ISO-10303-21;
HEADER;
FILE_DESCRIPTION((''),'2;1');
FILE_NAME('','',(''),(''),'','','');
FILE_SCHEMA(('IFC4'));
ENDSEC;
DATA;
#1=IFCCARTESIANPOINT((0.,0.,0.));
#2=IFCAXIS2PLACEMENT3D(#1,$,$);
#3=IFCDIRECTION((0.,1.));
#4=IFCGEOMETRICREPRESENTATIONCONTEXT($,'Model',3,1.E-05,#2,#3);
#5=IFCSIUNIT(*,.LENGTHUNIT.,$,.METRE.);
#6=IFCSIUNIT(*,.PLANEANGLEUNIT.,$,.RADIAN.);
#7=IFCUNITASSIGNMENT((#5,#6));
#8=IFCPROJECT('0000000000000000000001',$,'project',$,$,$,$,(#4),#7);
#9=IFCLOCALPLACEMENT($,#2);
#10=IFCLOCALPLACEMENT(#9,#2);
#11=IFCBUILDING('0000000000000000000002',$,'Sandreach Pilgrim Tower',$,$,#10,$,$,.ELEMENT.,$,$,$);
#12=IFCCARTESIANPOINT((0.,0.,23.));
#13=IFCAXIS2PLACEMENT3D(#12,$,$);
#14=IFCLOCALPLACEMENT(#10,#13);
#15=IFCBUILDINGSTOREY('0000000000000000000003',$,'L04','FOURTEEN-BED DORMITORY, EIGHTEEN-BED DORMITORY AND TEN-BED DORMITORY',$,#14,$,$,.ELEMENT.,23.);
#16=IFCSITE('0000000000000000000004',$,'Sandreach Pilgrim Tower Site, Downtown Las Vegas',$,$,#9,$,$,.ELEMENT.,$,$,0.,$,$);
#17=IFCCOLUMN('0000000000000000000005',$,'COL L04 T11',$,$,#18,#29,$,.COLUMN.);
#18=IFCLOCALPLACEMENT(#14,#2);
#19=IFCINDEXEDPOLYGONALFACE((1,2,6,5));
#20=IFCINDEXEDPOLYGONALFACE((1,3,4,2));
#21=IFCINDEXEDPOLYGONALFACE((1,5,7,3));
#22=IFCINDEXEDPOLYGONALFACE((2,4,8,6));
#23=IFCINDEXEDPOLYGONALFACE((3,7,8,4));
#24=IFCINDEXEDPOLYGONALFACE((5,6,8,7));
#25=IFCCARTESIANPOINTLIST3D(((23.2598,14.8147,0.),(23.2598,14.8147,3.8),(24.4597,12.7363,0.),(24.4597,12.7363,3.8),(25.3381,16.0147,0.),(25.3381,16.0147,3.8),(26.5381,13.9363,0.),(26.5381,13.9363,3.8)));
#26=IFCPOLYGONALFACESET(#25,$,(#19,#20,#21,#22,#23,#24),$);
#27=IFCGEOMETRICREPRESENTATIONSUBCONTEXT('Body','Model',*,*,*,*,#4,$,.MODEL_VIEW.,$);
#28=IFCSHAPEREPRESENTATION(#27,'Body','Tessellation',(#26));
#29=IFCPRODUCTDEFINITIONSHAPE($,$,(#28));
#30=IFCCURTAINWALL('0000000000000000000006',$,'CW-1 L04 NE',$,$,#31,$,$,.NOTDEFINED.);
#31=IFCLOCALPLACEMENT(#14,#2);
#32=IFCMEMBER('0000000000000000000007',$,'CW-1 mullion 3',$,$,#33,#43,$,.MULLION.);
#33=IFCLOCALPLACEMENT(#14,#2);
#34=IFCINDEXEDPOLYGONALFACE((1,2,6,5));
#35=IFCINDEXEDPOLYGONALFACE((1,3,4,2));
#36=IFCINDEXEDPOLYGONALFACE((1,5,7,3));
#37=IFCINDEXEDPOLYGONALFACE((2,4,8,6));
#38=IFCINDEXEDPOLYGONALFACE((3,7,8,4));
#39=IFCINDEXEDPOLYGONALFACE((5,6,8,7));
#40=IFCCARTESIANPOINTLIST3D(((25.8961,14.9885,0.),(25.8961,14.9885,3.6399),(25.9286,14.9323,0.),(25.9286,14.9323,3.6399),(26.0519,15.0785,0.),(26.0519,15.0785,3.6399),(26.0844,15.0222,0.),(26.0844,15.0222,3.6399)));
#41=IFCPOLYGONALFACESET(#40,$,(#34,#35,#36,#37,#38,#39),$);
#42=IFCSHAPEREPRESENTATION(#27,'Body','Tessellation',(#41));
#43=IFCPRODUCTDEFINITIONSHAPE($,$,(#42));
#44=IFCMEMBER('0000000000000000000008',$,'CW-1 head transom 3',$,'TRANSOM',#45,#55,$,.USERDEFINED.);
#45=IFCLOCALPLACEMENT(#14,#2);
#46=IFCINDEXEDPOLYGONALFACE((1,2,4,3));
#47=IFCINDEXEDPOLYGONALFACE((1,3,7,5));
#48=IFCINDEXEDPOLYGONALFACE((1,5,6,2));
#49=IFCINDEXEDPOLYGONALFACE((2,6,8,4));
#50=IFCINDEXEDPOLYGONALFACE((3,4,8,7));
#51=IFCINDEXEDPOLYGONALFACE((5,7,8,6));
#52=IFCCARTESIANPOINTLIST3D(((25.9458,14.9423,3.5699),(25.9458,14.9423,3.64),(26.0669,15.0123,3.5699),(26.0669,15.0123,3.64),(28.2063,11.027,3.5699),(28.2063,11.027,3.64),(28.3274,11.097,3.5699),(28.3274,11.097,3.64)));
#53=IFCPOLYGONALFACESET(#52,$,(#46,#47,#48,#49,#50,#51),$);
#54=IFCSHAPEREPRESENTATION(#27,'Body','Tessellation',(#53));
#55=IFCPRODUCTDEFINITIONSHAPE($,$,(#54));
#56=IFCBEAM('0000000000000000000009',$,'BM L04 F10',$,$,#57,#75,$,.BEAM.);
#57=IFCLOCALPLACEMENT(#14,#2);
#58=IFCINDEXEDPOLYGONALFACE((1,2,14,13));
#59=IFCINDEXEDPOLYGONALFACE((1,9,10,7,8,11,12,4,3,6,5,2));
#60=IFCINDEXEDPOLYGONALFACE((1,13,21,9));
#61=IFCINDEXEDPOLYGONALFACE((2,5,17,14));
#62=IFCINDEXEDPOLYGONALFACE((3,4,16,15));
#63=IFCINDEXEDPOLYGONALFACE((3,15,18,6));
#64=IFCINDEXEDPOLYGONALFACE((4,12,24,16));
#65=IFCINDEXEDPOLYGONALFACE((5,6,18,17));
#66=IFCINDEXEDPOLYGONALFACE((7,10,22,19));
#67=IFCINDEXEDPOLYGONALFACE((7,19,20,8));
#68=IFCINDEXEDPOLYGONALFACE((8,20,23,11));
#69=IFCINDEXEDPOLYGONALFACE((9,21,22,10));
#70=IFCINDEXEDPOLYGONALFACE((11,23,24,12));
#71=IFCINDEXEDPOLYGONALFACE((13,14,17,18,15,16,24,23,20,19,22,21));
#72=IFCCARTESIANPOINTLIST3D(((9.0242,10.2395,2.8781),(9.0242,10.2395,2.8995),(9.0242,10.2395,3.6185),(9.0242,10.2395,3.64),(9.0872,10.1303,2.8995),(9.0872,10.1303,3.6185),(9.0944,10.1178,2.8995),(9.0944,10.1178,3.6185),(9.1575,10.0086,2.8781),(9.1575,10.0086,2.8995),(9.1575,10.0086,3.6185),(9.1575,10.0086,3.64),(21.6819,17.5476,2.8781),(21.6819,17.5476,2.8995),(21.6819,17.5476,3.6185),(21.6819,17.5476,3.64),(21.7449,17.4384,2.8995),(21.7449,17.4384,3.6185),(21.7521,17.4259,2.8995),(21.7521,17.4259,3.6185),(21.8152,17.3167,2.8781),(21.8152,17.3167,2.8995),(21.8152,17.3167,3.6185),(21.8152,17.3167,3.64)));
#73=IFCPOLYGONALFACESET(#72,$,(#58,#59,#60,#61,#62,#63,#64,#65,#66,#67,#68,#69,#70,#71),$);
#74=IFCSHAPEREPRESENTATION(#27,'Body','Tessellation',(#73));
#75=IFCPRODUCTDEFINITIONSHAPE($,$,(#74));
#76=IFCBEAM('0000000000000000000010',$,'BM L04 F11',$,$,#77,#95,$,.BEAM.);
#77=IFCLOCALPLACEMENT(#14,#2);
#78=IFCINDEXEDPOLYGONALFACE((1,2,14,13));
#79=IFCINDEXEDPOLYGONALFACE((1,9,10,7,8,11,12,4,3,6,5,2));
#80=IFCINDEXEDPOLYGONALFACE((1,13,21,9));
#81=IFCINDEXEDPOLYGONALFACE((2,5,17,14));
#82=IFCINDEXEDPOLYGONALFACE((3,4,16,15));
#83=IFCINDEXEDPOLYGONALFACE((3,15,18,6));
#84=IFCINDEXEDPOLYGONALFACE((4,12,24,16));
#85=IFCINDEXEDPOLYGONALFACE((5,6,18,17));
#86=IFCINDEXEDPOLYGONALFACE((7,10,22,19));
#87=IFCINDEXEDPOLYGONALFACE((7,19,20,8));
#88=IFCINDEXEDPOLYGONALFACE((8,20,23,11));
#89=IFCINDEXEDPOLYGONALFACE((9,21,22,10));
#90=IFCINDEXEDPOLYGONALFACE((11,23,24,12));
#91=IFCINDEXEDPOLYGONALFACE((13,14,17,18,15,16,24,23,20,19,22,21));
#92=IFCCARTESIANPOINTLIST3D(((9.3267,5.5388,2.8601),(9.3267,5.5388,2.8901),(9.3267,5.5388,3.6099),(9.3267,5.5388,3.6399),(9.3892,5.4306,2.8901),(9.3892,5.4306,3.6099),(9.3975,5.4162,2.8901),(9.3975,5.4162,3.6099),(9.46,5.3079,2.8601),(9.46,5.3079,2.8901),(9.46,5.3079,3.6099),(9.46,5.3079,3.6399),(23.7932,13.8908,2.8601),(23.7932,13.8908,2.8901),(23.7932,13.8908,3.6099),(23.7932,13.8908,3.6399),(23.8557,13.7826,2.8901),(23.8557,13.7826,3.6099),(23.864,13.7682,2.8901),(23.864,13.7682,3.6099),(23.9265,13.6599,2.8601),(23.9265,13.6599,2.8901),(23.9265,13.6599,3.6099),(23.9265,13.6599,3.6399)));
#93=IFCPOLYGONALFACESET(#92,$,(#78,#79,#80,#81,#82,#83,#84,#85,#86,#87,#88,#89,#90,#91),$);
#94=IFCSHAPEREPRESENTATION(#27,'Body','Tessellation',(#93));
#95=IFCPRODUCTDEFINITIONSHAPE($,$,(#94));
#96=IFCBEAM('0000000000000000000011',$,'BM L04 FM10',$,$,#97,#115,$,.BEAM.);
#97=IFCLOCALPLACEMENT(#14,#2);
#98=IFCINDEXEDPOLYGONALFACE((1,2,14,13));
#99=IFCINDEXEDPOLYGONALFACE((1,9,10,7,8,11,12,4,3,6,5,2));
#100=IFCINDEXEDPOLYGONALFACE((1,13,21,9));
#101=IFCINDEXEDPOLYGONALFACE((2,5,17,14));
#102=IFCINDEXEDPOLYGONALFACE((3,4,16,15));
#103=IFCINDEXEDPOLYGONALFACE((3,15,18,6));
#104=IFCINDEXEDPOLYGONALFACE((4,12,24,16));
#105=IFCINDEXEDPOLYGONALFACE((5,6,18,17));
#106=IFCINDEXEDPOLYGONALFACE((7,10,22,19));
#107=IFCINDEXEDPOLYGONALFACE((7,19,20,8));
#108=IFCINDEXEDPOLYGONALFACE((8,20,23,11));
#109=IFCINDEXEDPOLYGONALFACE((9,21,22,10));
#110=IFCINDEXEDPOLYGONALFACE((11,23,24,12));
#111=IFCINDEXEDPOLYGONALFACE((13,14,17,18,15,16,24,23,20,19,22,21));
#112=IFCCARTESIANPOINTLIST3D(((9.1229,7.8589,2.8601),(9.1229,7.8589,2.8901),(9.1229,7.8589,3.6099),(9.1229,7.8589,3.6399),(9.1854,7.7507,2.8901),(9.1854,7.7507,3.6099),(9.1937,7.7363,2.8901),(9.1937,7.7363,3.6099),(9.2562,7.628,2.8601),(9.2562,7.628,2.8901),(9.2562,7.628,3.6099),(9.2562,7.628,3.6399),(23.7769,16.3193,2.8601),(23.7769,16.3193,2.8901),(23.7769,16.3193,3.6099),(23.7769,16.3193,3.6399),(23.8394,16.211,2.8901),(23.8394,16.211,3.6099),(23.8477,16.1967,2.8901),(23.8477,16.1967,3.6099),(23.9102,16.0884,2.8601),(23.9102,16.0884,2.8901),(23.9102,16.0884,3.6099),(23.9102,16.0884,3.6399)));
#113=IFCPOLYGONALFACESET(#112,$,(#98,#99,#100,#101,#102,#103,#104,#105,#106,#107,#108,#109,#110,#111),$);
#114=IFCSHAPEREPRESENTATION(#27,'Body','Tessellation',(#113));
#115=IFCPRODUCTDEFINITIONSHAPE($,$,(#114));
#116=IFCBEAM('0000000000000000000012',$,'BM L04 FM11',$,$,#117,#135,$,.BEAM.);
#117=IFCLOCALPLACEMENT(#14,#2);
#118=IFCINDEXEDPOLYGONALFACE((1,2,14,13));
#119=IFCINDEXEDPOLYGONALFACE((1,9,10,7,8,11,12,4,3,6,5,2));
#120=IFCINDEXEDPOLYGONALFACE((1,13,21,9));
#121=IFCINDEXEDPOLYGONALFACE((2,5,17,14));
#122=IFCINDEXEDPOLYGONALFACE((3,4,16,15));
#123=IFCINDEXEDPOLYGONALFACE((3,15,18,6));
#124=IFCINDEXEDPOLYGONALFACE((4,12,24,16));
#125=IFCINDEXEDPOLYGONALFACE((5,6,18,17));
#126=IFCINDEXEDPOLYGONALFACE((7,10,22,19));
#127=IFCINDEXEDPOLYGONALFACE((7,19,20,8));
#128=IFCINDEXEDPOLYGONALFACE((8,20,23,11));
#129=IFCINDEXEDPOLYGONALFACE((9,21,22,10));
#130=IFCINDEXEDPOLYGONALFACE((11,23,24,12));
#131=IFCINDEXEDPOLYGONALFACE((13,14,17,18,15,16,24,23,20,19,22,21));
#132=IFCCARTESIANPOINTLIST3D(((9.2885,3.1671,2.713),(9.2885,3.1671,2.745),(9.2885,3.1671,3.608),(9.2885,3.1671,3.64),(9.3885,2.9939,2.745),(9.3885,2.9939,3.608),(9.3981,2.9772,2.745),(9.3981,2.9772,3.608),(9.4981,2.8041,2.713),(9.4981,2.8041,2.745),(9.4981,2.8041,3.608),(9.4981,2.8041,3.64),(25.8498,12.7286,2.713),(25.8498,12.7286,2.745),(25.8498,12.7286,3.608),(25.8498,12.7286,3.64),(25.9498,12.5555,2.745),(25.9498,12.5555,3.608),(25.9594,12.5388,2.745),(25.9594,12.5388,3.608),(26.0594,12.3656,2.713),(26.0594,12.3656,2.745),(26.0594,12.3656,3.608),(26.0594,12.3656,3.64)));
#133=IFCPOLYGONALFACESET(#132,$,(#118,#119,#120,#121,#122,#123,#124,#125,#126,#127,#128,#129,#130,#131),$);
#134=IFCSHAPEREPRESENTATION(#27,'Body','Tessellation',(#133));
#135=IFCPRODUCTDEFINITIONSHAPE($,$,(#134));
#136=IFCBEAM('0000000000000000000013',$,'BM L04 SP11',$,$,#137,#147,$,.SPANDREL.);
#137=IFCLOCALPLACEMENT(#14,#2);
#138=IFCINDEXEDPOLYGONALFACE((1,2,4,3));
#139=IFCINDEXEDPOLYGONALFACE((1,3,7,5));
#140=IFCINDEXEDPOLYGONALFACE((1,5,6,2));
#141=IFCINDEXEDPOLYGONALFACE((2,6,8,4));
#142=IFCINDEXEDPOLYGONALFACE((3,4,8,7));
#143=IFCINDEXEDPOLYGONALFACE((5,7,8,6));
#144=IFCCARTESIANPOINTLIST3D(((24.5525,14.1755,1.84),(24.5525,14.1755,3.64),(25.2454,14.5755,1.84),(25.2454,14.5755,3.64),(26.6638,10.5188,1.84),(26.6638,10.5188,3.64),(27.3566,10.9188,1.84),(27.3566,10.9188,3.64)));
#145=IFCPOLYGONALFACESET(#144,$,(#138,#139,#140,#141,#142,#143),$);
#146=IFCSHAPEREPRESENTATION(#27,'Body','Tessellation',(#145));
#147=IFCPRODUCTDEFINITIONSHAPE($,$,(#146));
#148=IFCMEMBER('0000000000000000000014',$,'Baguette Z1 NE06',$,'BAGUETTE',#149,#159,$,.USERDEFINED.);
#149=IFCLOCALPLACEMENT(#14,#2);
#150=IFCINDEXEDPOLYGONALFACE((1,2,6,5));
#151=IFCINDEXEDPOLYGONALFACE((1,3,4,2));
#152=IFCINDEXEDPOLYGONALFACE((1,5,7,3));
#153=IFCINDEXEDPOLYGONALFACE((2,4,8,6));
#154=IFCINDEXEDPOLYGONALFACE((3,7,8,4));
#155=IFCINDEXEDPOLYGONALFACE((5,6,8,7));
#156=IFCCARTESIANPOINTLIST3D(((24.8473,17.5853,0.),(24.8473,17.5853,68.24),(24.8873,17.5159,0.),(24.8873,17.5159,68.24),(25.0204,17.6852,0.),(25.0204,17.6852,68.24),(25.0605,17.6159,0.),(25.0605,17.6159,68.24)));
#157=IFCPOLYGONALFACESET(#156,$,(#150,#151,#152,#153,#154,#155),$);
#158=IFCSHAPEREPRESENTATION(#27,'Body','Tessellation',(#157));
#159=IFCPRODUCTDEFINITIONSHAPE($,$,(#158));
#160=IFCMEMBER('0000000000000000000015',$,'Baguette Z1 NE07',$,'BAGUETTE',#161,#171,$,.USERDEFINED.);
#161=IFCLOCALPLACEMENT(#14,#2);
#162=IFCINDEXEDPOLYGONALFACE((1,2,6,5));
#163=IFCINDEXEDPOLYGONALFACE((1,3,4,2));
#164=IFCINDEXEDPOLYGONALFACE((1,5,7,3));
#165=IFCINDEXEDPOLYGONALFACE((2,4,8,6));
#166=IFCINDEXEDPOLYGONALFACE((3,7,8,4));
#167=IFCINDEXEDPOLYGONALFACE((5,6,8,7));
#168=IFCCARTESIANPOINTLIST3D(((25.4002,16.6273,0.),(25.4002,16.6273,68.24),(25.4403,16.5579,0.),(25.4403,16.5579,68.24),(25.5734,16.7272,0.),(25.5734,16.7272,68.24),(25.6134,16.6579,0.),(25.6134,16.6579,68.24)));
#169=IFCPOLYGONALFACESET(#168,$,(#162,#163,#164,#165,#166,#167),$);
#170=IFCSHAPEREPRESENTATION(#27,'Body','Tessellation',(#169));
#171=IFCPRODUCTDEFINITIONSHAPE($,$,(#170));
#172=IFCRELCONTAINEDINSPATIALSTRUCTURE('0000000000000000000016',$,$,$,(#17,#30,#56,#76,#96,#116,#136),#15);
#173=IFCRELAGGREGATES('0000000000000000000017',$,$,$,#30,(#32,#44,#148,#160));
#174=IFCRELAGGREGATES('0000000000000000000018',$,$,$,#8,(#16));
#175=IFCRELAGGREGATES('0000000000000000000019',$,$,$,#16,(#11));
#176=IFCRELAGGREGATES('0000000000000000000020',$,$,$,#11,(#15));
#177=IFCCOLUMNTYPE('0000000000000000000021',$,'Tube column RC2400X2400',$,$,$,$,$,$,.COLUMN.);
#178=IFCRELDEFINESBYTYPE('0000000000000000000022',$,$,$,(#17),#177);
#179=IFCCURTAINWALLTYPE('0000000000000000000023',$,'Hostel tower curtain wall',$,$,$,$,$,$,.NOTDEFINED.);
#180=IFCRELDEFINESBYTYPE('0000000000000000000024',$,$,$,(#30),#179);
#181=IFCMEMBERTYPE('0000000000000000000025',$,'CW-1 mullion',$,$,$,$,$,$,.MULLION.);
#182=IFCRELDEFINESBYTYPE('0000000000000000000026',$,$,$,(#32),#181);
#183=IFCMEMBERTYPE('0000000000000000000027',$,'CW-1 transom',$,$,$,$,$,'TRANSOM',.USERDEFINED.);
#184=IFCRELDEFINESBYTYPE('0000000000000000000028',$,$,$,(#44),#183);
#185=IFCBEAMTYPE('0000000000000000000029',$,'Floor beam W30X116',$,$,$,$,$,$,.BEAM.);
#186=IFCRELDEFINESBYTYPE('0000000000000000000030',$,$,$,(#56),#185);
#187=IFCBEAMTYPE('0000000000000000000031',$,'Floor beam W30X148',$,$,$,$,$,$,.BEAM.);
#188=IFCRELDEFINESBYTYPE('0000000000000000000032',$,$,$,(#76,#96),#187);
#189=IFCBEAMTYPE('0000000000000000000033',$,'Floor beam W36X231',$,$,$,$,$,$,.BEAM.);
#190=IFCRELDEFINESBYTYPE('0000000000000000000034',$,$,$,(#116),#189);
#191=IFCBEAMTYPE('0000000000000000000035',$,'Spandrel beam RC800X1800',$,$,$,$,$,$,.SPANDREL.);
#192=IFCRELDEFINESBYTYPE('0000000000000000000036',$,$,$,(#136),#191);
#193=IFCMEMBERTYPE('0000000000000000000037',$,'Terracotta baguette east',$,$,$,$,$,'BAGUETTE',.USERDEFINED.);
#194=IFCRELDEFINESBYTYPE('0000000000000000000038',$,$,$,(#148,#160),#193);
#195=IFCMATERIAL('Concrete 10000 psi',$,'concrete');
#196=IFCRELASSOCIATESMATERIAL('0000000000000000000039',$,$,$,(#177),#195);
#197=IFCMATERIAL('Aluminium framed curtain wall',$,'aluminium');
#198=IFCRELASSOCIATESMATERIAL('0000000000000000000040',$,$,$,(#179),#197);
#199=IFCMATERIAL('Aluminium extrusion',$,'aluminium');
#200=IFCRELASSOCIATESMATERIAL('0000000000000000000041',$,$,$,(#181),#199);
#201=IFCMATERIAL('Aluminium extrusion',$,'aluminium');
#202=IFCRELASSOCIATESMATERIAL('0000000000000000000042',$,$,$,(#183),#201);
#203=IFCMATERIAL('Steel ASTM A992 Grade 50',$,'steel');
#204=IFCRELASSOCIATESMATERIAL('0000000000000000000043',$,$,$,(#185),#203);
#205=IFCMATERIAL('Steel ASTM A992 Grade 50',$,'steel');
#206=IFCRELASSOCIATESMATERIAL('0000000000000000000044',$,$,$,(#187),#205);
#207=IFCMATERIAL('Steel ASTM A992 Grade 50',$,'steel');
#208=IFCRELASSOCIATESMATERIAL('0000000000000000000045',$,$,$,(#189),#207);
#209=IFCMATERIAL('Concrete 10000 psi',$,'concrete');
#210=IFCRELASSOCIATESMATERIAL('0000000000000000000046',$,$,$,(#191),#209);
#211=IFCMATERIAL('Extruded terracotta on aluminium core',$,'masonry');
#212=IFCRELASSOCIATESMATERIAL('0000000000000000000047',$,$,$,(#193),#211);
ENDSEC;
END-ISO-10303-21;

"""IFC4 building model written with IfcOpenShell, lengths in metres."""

from ifc_helpers import new_model, si_unit, direction, frame, origin, origin_2d, place, context, subcontext, project, spatial, rectangle, i_section, extrude, material, material_profile, profile_set, type_object, element, aggregate, save


model = new_model("IFC4")

# Units and contexts
model_context = context("Model", 3, precision=1e-05, world=origin(), true_north=direction((0.0, 1.0)))
body_context = subcontext(model_context, "Body", "Model", "MODEL_VIEW")
ifc_project = project(units=[si_unit("LENGTHUNIT", "METRE"), si_unit("PLANEANGLEUNIT", "RADIAN")], contexts=[model_context])

# Site, building, storey
site_placement = place(None, origin())
site = spatial("IfcSite", under=ifc_project, at=site_placement, Name="Sandreach Pilgrim Tower Site, Downtown Las Vegas", CompositionType="ELEMENT", RefElevation=0.0)
building_placement = place(site_placement, origin())
building = spatial("IfcBuilding", under=site, at=building_placement, Name="Sandreach Pilgrim Tower", CompositionType="ELEMENT")
storey_placement = place(building_placement, frame((0.0, 0.0, 23.0)))
storey = spatial("IfcBuildingStorey", under=building, at=storey_placement, Name="L04", Description="FOURTEEN-BED DORMITORY, EIGHTEEN-BED DORMITORY AND TEN-BED DORMITORY", CompositionType="ELEMENT", Elevation=23.0)

# Column
ifc_material_1 = material(Name="Concrete 10000 psi", Category="concrete")
ifc_material_profile_1 = material_profile(ifc_material_1, rectangle(XDim=2.3999, YDim=2.3999, at=origin_2d()), Name="RC2400X2400")
ifc_profile_set_1 = profile_set([ifc_material_profile_1], Name="Concrete 10000 psi")
column_type = type_object("IfcColumnType", Name="Tube column RC2400X2400", PredefinedType="COLUMN", material=ifc_profile_set_1)
column_placement = place(storey_placement, frame((24.8989, 14.3755, 0.0), z_axis=(0.0, 0.0, 1.0), x_axis=(0.866025, 0.5, 0.0)))
element("IfcColumn", 1, at=column_placement, inside=storey, type_object=column_type, Name="COL L04 T11", PredefinedType="COLUMN", context=body_context, shape_type="SweptSolid", body=[
    extrude(rectangle(XDim=2.3999, YDim=2.3999, at=origin_2d()), origin(), (0.0, 0.0, 1.0), 3.8),
])

# Curtain wall, members
ifc_material_2 = material(Name="Aluminium framed curtain wall", Category="aluminium")
curtain_wall_type = type_object("IfcCurtainWallType", Name="Hostel tower curtain wall", PredefinedType="NOTDEFINED", material=ifc_material_2)
curtain_wall_placement = place(storey_placement, origin())
curtain_wall = element("IfcCurtainWall", 2, at=curtain_wall_placement, inside=storey, type_object=curtain_wall_type, Name="CW-1 L04 NE", PredefinedType="NOTDEFINED")
ifc_material_3 = material(Name="Aluminium extrusion", Category="aluminium")
ifc_material_profile_2 = material_profile(ifc_material_3, rectangle(XDim=0.0649, YDim=0.1799, at=origin_2d()), Name="CW-1M 65X180")
ifc_profile_set_2 = profile_set([ifc_material_profile_2], Name="Aluminium extrusion")
member_type_1 = type_object("IfcMemberType", Name="CW-1 mullion", PredefinedType="MULLION", material=ifc_profile_set_2)
member_1_placement = place(storey_placement, frame((25.9902, 15.0054, 0.0), z_axis=(0.0, 0.0, 1.0), x_axis=(0.5, -0.866025, 0.0)))
member_1 = element("IfcMember", 3, at=member_1_placement, type_object=member_type_1, Name="CW-1 mullion 3", PredefinedType="MULLION", context=body_context, shape_type="SweptSolid", body=[
    extrude(rectangle(XDim=0.0649, YDim=0.1799, at=origin_2d()), origin(), (0.0, 0.0, 1.0), 3.6399),
])
ifc_material_4 = material(Name="Aluminium extrusion", Category="aluminium")
ifc_material_profile_3 = material_profile(ifc_material_4, rectangle(XDim=0.1399, YDim=0.0701, at=origin_2d()), Name="CW-1T 140X70")
ifc_profile_set_3 = profile_set([ifc_material_profile_3], Name="Aluminium extrusion")
member_type_2 = type_object("IfcMemberType", Name="CW-1 transom", ElementType="TRANSOM", PredefinedType="USERDEFINED", material=ifc_profile_set_3)
member_2_placement = place(storey_placement, frame((26.0063, 14.9773, 3.605), z_axis=(0.500001, -0.866025, 0.0), x_axis=(0.866025, 0.500001, 0.0)))
member_2 = element("IfcMember", 4, at=member_2_placement, type_object=member_type_2, Name="CW-1 head transom 3", ObjectType="TRANSOM", PredefinedType="USERDEFINED", context=body_context, shape_type="SweptSolid", body=[
    extrude(rectangle(XDim=0.1399, YDim=0.0701, at=origin_2d()), origin(), (0.0, 0.0, 1.0), 4.521),
])

# Beams
ifc_material_5 = material(Name="Steel ASTM A992 Grade 50", Category="steel")
ifc_material_profile_4 = material_profile(ifc_material_5, i_section(OverallWidth=0.2666, OverallDepth=0.762, WebThickness=0.0144, FlangeThickness=0.0215, at=origin_2d()), Name="W30X116")
ifc_profile_set_4 = profile_set([ifc_material_profile_4], Name="Steel ASTM A992 Grade 50")
beam_type_1 = type_object("IfcBeamType", Name="Floor beam W30X116", PredefinedType="BEAM", material=ifc_profile_set_4)
beam_1_placement = place(storey_placement, frame((21.7485, 17.4321, 3.259), z_axis=(-0.86602, -0.500009, 0.0), x_axis=(0.500009, -0.86602, 0.0)))
element("IfcBeam", 5, at=beam_1_placement, inside=storey, type_object=beam_type_1, Name="BM L04 F10", PredefinedType="BEAM", context=body_context, shape_type="SweptSolid", body=[
    extrude(i_section(OverallWidth=0.2666, OverallDepth=0.762, WebThickness=0.0144, FlangeThickness=0.0215, at=origin_2d()), origin(), (0.0, 0.0, 1.0), 14.616),
])
ifc_material_6 = material(Name="Steel ASTM A992 Grade 50", Category="steel")
ifc_material_profile_5 = material_profile(ifc_material_6, i_section(OverallWidth=0.2666, OverallDepth=0.7798, WebThickness=0.0166, FlangeThickness=0.03, at=origin_2d()), Name="W30X148")
ifc_profile_set_5 = profile_set([ifc_material_profile_5], Name="Steel ASTM A992 Grade 50")
beam_type_2 = type_object("IfcBeamType", Name="Floor beam W30X148", PredefinedType="BEAM", material=ifc_profile_set_5)
beam_2_placement = place(storey_placement, frame((23.8599, 13.7754, 3.25), z_axis=(-0.866031, -0.49999, 0.0), x_axis=(0.49999, -0.866031, 0.0)))
element("IfcBeam", 6, at=beam_2_placement, inside=storey, type_object=beam_type_2, Name="BM L04 F11", PredefinedType="BEAM", context=body_context, shape_type="SweptSolid", body=[
    extrude(i_section(OverallWidth=0.2666, OverallDepth=0.7798, WebThickness=0.0166, FlangeThickness=0.03, at=origin_2d()), origin(), (0.0, 0.0, 1.0), 16.7043),
])
beam_3_placement = place(storey_placement, frame((23.8435, 16.2039, 3.25), z_axis=(-0.866027, -0.499997, 0.0), x_axis=(0.499997, -0.866027, 0.0)))
element("IfcBeam", 7, at=beam_3_placement, inside=storey, type_object=beam_type_2, Name="BM L04 FM10", PredefinedType="BEAM", context=body_context, shape_type="SweptSolid", body=[
    extrude(i_section(OverallWidth=0.2666, OverallDepth=0.7798, WebThickness=0.0166, FlangeThickness=0.03, at=origin_2d()), origin(), (0.0, 0.0, 1.0), 16.9209),
])
ifc_material_7 = material(Name="Steel ASTM A992 Grade 50", Category="steel")
ifc_material_profile_6 = material_profile(ifc_material_7, i_section(OverallWidth=0.4192, OverallDepth=0.927, WebThickness=0.0193, FlangeThickness=0.032, at=origin_2d()), Name="W36X231")
ifc_profile_set_6 = profile_set([ifc_material_profile_6], Name="Steel ASTM A992 Grade 50")
beam_type_3 = type_object("IfcBeamType", Name="Floor beam W36X231", PredefinedType="BEAM", material=ifc_profile_set_6)
beam_4_placement = place(storey_placement, frame((25.9546, 12.5471, 3.1765), z_axis=(-0.866028, -0.499995, 0.0), x_axis=(0.499995, -0.866028, 0.0)))
element("IfcBeam", 8, at=beam_4_placement, inside=storey, type_object=beam_type_3, Name="BM L04 FM11", PredefinedType="BEAM", context=body_context, shape_type="SweptSolid", body=[
    extrude(i_section(OverallWidth=0.4192, OverallDepth=0.927, WebThickness=0.0193, FlangeThickness=0.032, at=origin_2d()), origin(), (0.0, 0.0, 1.0), 19.1233),
])
ifc_material_8 = material(Name="Concrete 10000 psi", Category="concrete")
ifc_material_profile_7 = material_profile(ifc_material_8, rectangle(XDim=0.8, YDim=1.8, at=origin_2d()), Name="RC800X1800")
ifc_profile_set_7 = profile_set([ifc_material_profile_7], Name="Concrete 10000 psi")
beam_type_4 = type_object("IfcBeamType", Name="Spandrel beam RC800X1800", PredefinedType="SPANDREL", material=ifc_profile_set_7)
beam_5_placement = place(storey_placement, frame((24.8989, 14.3755, 2.74), z_axis=(0.500019, -0.866014, 0.0), x_axis=(0.866014, 0.500019, 0.0)))
element("IfcBeam", 9, at=beam_5_placement, inside=storey, type_object=beam_type_4, Name="BM L04 SP11", PredefinedType="SPANDREL", context=body_context, shape_type="SweptSolid", body=[
    extrude(rectangle(XDim=0.8, YDim=1.8, at=origin_2d()), origin(), (0.0, 0.0, 1.0), 4.2224),
])

# Members
ifc_material_9 = material(Name="Extruded terracotta on aluminium core", Category="masonry")
ifc_material_profile_8 = material_profile(ifc_material_9, rectangle(XDim=0.0801, YDim=0.2, at=origin_2d()), Name="TBE 80X200")
ifc_profile_set_8 = profile_set([ifc_material_profile_8], Name="Extruded terracotta on aluminium core")
member_type_3 = type_object("IfcMemberType", Name="Terracotta baguette east", ElementType="BAGUETTE", PredefinedType="USERDEFINED", material=ifc_profile_set_8)
member_3_placement = place(storey_placement, frame((24.9539, 17.6006, 0.0), z_axis=(0.0, 0.0, 1.0), x_axis=(0.5, -0.866025, 0.0)))
member_3 = element("IfcMember", 10, at=member_3_placement, type_object=member_type_3, Name="Baguette Z1 NE06", ObjectType="BAGUETTE", PredefinedType="USERDEFINED", context=body_context, shape_type="SweptSolid", body=[
    extrude(rectangle(XDim=0.0801, YDim=0.2, at=origin_2d()), origin(), (0.0, 0.0, 1.0), 68.24),
])
member_4_placement = place(storey_placement, frame((25.5068, 16.6426, 0.0), z_axis=(0.0, 0.0, 1.0), x_axis=(0.5, -0.866025, 0.0)))
member_4 = element("IfcMember", 11, at=member_4_placement, type_object=member_type_3, Name="Baguette Z1 NE07", ObjectType="BAGUETTE", PredefinedType="USERDEFINED", context=body_context, shape_type="SweptSolid", body=[
    extrude(rectangle(XDim=0.0801, YDim=0.2, at=origin_2d()), origin(), (0.0, 0.0, 1.0), 68.24),
])

aggregate(curtain_wall, [member_1, member_2, member_3, member_4])

save(model, "model.ifc")
